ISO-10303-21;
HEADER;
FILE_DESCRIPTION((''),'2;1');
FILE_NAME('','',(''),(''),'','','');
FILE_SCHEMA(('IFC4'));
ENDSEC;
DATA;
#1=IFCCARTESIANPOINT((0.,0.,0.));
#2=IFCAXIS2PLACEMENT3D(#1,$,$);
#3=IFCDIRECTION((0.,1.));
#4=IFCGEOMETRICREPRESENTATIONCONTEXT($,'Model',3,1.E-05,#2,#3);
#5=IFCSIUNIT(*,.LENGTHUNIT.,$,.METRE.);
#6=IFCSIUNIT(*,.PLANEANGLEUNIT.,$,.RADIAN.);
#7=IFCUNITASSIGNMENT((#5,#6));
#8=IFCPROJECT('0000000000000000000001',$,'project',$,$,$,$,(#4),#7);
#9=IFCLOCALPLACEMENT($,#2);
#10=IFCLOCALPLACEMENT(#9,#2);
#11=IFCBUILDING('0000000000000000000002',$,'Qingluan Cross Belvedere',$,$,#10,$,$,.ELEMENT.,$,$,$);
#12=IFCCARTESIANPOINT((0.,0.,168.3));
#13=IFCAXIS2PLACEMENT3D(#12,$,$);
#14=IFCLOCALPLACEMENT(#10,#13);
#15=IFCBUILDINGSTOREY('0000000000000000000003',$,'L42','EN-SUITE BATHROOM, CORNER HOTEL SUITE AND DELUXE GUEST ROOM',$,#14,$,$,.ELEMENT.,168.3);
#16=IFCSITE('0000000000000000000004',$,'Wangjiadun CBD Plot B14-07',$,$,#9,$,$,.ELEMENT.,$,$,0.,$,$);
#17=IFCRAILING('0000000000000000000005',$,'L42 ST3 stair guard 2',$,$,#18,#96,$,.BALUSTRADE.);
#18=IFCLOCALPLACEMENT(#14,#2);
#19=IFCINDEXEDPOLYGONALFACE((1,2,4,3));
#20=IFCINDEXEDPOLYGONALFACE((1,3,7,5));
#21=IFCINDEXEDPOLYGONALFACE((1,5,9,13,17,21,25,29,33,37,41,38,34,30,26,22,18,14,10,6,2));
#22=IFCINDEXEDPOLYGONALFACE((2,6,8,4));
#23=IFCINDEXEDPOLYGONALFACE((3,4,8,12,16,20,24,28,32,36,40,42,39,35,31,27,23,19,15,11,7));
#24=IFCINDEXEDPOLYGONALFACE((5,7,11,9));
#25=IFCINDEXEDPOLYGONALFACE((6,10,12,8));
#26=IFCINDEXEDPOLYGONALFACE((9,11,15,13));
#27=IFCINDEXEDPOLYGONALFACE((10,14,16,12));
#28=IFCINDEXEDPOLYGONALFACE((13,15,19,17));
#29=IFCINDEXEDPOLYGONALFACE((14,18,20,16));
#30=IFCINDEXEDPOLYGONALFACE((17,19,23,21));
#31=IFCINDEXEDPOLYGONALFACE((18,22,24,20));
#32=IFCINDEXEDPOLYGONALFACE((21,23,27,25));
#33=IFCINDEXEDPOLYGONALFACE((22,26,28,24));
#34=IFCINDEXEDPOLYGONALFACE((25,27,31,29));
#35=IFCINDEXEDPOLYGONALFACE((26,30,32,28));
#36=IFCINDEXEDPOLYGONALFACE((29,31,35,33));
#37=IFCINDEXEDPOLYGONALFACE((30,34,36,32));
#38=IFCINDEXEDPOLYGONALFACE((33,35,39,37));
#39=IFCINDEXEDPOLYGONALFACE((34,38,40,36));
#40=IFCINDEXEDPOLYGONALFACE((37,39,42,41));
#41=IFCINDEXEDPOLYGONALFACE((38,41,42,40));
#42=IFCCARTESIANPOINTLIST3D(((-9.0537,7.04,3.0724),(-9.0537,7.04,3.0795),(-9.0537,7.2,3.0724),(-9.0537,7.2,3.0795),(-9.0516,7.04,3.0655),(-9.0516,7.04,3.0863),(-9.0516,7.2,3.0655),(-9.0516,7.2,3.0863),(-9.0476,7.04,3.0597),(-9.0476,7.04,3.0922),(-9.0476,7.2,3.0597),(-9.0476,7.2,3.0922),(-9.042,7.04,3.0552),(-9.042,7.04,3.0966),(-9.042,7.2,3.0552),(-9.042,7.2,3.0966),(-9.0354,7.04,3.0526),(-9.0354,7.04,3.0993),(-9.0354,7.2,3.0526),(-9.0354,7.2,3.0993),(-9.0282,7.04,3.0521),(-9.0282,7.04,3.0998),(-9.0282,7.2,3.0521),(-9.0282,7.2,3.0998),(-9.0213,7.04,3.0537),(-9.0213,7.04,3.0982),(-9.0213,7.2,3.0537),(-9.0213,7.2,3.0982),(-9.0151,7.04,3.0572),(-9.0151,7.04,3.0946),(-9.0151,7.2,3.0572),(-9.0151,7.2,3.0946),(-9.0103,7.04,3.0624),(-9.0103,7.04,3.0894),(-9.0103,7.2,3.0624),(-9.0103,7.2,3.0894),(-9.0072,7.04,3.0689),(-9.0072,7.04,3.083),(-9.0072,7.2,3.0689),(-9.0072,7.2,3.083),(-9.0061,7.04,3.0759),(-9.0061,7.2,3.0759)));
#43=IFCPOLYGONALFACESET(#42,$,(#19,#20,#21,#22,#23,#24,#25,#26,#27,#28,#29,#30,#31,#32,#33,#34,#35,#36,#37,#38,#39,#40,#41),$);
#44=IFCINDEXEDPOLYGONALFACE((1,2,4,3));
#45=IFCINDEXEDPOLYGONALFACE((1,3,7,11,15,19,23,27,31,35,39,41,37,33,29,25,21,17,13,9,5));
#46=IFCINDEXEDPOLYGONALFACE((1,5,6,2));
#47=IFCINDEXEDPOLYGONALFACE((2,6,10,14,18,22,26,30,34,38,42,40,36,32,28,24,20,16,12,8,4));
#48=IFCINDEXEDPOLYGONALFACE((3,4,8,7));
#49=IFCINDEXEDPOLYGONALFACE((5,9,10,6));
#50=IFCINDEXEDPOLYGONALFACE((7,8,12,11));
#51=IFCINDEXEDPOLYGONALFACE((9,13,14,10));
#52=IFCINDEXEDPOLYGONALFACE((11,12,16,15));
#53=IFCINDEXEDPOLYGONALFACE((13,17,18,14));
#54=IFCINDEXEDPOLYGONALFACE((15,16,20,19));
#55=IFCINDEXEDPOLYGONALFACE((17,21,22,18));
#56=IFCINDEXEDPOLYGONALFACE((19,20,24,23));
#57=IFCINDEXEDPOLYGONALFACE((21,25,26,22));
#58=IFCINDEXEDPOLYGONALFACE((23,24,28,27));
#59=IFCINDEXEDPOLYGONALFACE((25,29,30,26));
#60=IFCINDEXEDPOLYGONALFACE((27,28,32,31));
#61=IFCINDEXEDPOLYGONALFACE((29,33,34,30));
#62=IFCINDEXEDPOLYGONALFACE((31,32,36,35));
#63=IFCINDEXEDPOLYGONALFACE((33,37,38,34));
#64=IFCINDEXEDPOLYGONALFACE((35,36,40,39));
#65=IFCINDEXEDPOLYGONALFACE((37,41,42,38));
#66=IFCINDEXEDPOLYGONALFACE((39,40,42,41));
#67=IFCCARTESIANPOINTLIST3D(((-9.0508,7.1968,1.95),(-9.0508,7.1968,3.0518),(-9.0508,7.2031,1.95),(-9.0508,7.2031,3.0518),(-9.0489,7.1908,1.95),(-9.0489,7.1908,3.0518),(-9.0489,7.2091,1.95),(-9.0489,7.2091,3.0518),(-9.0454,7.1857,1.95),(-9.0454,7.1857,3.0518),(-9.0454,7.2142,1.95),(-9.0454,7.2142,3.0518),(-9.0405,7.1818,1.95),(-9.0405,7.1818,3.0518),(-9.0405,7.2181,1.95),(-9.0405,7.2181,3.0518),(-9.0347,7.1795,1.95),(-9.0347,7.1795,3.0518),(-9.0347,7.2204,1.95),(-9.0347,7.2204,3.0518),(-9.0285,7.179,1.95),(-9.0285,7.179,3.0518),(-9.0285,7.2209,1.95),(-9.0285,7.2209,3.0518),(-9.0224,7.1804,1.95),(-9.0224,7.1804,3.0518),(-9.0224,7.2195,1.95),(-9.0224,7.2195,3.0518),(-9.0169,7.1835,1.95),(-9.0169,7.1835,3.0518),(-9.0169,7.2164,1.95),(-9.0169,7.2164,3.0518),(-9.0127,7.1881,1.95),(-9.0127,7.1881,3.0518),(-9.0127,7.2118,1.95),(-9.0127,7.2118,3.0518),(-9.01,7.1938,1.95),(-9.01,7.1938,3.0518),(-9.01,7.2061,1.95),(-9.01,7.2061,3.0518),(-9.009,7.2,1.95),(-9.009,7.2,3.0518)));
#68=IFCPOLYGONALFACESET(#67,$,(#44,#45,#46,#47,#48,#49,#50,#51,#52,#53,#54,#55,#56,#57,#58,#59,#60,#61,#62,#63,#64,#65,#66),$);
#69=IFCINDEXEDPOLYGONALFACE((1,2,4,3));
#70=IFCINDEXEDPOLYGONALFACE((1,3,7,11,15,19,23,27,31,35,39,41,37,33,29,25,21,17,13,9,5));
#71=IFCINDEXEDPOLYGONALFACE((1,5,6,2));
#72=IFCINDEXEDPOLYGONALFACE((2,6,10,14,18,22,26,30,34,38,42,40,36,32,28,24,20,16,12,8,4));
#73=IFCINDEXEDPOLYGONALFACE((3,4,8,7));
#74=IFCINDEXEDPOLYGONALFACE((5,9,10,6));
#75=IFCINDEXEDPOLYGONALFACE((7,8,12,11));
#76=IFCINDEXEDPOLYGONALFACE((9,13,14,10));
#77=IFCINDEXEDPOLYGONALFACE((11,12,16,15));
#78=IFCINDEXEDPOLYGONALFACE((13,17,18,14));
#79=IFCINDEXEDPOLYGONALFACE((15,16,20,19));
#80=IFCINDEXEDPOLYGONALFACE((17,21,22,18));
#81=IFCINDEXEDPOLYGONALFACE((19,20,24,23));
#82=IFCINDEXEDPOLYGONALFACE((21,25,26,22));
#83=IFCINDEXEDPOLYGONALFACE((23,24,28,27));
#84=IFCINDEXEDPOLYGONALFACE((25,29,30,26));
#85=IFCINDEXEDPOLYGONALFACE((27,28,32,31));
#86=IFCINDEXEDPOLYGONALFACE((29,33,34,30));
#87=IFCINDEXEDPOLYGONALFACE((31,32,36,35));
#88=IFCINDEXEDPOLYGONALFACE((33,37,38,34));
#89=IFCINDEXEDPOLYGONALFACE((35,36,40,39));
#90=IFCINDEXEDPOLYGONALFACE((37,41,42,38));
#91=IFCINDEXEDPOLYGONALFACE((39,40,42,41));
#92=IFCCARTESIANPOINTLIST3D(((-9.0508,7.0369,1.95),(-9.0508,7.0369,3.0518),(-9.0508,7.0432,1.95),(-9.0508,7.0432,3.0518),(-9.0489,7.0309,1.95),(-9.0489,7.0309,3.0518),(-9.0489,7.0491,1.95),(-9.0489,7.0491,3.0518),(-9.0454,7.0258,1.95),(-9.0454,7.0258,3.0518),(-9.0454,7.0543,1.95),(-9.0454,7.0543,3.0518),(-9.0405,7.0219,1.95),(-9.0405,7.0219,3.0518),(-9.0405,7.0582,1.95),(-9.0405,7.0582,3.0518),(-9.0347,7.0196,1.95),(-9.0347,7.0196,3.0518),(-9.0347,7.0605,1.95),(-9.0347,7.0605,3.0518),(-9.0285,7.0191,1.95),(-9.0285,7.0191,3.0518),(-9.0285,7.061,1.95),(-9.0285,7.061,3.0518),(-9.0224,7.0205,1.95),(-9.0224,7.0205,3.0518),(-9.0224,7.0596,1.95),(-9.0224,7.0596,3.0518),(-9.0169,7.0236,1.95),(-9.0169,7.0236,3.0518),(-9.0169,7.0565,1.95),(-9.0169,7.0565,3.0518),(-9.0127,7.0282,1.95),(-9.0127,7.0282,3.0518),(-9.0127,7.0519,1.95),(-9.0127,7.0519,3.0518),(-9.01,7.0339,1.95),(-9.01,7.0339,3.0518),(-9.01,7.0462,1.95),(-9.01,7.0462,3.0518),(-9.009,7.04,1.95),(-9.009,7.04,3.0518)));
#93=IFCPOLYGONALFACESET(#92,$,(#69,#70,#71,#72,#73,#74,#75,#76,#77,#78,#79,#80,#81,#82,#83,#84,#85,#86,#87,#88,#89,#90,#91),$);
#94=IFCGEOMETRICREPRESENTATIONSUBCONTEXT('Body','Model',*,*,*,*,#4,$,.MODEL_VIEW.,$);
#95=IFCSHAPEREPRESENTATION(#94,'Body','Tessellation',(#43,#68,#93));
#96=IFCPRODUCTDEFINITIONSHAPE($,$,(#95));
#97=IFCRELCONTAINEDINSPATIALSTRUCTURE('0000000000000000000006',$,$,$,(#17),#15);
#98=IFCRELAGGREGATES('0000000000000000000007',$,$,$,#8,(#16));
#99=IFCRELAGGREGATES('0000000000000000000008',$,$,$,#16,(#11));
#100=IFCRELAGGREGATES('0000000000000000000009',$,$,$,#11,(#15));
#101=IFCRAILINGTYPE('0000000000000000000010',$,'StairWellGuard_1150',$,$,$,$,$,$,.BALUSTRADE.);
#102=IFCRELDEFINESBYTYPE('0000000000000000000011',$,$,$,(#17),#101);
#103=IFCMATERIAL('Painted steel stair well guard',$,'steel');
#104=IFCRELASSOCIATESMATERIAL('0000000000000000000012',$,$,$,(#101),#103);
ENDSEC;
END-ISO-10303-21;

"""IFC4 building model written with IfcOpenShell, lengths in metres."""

from ifc_helpers import new_model, si_unit, direction, frame, origin, origin_2d, place, context, subcontext, project, spatial, circle, extrude, material, type_object, element, save


model = new_model("IFC4")

# Units and contexts
model_context = context("Model", 3, precision=1e-05, world=origin(), true_north=direction((0.0, 1.0)))
body_context = subcontext(model_context, "Body", "Model", "MODEL_VIEW")
ifc_project = project(units=[si_unit("LENGTHUNIT", "METRE"), si_unit("PLANEANGLEUNIT", "RADIAN")], contexts=[model_context])

# Site, building, storey
site_placement = place(None, origin())
site = spatial("IfcSite", under=ifc_project, at=site_placement, Name="Wangjiadun CBD Plot B14-07", CompositionType="ELEMENT", RefElevation=0.0)
building_placement = place(site_placement, origin())
building = spatial("IfcBuilding", under=site, at=building_placement, Name="Qingluan Cross Belvedere", CompositionType="ELEMENT")
storey_placement = place(building_placement, frame((0.0, 0.0, 168.3)))
storey = spatial("IfcBuildingStorey", under=building, at=storey_placement, Name="L42", Description="EN-SUITE BATHROOM, CORNER HOTEL SUITE AND DELUXE GUEST ROOM", CompositionType="ELEMENT", Elevation=168.3)

# Railing
ifc_material_1 = material(Name="Painted steel stair well guard", Category="steel")
railing_type_1 = type_object("IfcRailingType", Name="StairWellGuard_1150", PredefinedType="BALUSTRADE", material=ifc_material_1)
railing_1_placement = place(storey_placement, frame((-9.03, 7.2, 1.95)))
element("IfcRailing", 1, at=railing_1_placement, inside=storey, type_object=railing_type_1, Name="L42 ST3 stair guard 2", PredefinedType="BALUSTRADE", context=body_context, shape_type="SweptSolid", body=[
    extrude(circle(Radius=0.0239, at=origin_2d()), frame((0.0, 0.0, 1.126), z_axis=(0.0, -1.0, 0.0), x_axis=(1.0, 0.0, 0.0)), (0.0, 0.0, 1.0), 0.1599),
    extrude(circle(Radius=0.021, at=origin_2d()), origin(), (0.0, 0.0, 1.0), 1.1018),
    extrude(circle(Radius=0.021, at=origin_2d()), frame((0.0, -0.1599, 0.0)), (0.0, 0.0, 1.0), 1.1018),
])

save(model, "model.ifc")
